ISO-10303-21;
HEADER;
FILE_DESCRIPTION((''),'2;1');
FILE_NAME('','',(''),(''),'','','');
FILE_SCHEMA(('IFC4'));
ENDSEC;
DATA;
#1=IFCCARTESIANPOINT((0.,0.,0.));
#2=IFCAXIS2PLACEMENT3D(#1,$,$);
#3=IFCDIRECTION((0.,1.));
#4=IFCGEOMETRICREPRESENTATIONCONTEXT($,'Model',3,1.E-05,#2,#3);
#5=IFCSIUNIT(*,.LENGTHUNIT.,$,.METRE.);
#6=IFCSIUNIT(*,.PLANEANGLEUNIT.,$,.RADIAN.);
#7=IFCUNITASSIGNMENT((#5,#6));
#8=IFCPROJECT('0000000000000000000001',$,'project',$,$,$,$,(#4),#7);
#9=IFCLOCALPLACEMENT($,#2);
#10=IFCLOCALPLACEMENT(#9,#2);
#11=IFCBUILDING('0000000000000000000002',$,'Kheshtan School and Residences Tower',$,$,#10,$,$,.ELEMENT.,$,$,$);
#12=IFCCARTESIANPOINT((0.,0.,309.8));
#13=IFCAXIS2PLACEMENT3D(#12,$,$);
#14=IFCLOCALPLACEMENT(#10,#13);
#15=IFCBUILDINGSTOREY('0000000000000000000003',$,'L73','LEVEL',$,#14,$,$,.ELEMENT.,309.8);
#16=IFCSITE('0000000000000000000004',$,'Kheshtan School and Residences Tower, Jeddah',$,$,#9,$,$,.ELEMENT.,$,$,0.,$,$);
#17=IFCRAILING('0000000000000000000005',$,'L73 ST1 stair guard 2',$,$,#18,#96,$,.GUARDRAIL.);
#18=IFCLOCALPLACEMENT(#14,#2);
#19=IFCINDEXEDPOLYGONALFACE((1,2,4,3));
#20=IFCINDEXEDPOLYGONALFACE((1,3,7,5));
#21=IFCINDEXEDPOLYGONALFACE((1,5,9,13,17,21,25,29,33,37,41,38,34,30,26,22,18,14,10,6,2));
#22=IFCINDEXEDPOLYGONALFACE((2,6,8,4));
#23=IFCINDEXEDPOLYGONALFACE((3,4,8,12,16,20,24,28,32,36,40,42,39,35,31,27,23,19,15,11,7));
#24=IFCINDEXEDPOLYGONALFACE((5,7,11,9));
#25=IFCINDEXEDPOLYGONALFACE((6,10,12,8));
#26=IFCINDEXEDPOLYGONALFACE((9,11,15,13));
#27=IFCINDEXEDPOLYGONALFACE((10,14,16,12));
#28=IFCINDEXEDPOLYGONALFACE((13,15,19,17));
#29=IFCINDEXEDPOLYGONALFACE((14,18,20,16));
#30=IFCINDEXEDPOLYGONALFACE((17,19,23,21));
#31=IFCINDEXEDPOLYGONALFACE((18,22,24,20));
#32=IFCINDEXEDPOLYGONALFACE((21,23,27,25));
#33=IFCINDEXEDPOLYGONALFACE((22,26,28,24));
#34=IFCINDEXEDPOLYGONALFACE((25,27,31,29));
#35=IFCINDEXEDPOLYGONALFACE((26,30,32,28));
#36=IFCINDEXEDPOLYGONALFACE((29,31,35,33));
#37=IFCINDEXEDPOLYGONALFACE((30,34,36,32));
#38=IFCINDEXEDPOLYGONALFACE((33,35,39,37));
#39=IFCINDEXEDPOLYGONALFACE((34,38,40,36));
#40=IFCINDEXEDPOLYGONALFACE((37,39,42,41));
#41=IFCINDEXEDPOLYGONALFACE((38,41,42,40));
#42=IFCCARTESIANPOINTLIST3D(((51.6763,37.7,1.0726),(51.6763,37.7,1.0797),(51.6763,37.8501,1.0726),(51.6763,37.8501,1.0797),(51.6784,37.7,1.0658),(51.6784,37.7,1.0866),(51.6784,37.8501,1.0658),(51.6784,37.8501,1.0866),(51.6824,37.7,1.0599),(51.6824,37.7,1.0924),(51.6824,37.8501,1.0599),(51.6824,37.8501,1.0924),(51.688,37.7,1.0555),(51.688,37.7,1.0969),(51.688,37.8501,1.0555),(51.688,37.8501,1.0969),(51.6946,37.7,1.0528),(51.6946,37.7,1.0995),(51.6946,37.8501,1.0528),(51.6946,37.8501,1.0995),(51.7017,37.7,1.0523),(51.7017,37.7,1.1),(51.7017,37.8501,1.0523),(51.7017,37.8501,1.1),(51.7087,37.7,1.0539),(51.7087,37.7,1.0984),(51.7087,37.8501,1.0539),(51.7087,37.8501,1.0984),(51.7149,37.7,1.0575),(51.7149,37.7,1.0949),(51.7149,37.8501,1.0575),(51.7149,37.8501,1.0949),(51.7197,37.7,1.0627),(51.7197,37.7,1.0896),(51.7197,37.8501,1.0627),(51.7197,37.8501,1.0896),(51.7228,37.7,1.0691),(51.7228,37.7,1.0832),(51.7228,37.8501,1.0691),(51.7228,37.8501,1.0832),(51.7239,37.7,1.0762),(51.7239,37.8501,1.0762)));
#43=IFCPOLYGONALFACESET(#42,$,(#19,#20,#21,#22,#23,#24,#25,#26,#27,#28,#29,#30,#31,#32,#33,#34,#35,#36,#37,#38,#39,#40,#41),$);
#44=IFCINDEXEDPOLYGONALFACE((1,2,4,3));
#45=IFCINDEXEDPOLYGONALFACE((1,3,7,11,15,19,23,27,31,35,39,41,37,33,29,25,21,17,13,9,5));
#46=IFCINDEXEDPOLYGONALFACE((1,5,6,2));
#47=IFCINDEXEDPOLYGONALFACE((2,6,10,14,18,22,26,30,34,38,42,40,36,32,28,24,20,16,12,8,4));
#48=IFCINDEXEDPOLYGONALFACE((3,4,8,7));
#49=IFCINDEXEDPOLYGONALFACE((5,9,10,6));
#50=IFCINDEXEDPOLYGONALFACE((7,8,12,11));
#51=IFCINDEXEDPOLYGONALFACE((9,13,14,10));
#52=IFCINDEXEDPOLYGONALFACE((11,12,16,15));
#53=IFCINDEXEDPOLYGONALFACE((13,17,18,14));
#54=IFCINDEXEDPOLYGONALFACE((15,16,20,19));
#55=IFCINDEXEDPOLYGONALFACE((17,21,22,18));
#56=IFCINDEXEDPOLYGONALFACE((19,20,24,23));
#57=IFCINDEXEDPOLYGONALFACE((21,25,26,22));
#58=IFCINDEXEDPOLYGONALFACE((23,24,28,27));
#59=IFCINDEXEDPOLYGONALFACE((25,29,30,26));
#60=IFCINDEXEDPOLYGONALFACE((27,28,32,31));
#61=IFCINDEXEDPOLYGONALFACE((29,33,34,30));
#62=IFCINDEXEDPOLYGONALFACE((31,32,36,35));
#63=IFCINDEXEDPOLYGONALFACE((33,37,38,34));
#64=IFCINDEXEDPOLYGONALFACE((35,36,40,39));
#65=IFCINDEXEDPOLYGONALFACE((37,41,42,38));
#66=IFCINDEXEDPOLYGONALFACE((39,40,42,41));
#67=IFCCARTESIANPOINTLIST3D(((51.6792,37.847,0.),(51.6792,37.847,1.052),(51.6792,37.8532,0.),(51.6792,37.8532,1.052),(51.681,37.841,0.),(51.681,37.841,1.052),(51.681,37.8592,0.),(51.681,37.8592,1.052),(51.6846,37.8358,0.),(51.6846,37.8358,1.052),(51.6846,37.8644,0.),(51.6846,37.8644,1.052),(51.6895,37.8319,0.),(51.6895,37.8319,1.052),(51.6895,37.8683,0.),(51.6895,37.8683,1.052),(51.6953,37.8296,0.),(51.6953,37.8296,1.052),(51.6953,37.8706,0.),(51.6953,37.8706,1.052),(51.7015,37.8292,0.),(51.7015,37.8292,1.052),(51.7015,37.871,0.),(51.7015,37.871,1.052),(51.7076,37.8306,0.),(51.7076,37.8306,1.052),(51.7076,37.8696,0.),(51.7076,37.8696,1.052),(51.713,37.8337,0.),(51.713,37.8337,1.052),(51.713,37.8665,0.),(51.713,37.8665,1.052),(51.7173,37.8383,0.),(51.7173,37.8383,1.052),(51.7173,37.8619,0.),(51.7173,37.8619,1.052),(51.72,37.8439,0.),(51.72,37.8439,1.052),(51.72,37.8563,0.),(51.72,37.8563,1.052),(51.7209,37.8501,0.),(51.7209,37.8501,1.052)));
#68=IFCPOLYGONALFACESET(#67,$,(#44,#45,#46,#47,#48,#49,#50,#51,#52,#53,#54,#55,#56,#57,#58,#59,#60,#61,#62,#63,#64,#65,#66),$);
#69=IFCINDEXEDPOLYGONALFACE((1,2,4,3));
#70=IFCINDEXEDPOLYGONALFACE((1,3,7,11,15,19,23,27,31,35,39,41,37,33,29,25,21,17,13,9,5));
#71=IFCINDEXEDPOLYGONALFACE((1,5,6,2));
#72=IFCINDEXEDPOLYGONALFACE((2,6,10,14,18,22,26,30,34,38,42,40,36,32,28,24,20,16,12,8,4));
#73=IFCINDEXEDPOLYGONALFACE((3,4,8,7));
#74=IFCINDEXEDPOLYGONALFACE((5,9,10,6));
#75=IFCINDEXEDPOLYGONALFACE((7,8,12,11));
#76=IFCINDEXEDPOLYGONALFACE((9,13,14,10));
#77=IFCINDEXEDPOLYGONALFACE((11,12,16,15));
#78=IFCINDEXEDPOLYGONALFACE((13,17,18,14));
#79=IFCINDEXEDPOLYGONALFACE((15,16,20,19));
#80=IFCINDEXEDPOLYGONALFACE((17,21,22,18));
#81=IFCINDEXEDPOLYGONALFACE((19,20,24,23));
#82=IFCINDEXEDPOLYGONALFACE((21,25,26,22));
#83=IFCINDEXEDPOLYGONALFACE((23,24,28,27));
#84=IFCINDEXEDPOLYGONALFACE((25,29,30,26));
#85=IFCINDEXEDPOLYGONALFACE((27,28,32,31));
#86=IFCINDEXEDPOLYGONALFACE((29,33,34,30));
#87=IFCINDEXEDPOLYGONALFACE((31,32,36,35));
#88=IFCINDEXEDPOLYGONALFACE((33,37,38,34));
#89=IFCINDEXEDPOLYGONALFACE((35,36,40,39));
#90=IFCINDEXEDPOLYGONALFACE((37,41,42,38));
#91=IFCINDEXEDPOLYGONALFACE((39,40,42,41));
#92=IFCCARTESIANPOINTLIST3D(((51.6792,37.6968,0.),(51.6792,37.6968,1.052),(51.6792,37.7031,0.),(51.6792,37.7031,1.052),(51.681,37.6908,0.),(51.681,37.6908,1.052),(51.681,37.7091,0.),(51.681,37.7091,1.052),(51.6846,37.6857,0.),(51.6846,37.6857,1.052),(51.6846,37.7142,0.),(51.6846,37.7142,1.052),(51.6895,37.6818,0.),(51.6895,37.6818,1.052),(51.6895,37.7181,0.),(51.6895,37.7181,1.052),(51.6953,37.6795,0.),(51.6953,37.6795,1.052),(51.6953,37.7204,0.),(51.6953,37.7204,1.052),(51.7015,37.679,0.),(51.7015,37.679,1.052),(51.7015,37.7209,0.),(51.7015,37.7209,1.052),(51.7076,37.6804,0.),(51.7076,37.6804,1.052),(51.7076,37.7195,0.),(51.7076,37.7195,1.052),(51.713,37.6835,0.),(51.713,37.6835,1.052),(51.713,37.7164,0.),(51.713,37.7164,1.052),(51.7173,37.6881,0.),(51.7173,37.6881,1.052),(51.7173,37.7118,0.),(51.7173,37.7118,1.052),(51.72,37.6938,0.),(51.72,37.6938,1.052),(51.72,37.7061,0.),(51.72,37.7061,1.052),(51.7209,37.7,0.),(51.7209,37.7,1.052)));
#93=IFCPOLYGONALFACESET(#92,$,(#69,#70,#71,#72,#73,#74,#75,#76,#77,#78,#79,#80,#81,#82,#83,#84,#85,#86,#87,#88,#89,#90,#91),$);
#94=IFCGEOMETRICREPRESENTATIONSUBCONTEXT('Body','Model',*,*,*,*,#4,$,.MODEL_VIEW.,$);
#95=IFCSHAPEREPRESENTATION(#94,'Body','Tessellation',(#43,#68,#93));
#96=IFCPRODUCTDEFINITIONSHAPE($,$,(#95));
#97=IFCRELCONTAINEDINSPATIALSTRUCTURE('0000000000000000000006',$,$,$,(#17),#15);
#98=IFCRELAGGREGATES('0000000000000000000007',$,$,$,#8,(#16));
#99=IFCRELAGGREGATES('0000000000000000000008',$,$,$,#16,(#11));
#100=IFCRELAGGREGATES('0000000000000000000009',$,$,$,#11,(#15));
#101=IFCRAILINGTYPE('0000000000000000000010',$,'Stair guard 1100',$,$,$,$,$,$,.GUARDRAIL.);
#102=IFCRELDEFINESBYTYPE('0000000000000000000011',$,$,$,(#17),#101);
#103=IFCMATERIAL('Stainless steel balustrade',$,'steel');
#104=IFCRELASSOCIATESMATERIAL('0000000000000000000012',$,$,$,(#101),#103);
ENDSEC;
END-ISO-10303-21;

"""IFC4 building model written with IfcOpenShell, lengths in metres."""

from ifc_helpers import new_model, si_unit, direction, frame, origin, origin_2d, place, context, subcontext, project, spatial, circle, extrude, material, type_object, element, save


model = new_model("IFC4")

# Units and contexts
model_context = context("Model", 3, precision=1e-05, world=origin(), true_north=direction((0.0, 1.0)))
body_context = subcontext(model_context, "Body", "Model", "MODEL_VIEW")
ifc_project = project(units=[si_unit("LENGTHUNIT", "METRE"), si_unit("PLANEANGLEUNIT", "RADIAN")], contexts=[model_context])

# Site, building, storey
site_placement = place(None, origin())
site = spatial("IfcSite", under=ifc_project, at=site_placement, Name="Kheshtan School and Residences Tower, Jeddah", CompositionType="ELEMENT", RefElevation=0.0)
building_placement = place(site_placement, origin())
building = spatial("IfcBuilding", under=site, at=building_placement, Name="Kheshtan School and Residences Tower", CompositionType="ELEMENT")
storey_placement = place(building_placement, frame((0.0, 0.0, 309.8)))
storey = spatial("IfcBuildingStorey", under=building, at=storey_placement, Name="L73", Description="LEVEL", CompositionType="ELEMENT", Elevation=309.8)

# Railing
ifc_material_1 = material(Name="Stainless steel balustrade", Category="steel")
railing_type_1 = type_object("IfcRailingType", Name="Stair guard 1100", PredefinedType="GUARDRAIL", material=ifc_material_1)
railing_1_placement = place(storey_placement, frame((51.7, 37.8501, 0.0)))
element("IfcRailing", 1, at=railing_1_placement, inside=storey, type_object=railing_type_1, Name="L73 ST1 stair guard 2", PredefinedType="GUARDRAIL", context=body_context, shape_type="SweptSolid", body=[
    extrude(circle(Radius=0.0239, at=origin_2d()), frame((0.0, 0.0, 1.0762), z_axis=(0.0, -1.0, 0.0), x_axis=(1.0, 0.0, 0.0)), (0.0, 0.0, 1.0), 0.1501),
    extrude(circle(Radius=0.021, at=origin_2d()), origin(), (0.0, 0.0, 1.0), 1.052),
    extrude(circle(Radius=0.021, at=origin_2d()), frame((0.0, -0.1501, 0.0)), (0.0, 0.0, 1.0), 1.052),
])

save(model, "model.ifc")
